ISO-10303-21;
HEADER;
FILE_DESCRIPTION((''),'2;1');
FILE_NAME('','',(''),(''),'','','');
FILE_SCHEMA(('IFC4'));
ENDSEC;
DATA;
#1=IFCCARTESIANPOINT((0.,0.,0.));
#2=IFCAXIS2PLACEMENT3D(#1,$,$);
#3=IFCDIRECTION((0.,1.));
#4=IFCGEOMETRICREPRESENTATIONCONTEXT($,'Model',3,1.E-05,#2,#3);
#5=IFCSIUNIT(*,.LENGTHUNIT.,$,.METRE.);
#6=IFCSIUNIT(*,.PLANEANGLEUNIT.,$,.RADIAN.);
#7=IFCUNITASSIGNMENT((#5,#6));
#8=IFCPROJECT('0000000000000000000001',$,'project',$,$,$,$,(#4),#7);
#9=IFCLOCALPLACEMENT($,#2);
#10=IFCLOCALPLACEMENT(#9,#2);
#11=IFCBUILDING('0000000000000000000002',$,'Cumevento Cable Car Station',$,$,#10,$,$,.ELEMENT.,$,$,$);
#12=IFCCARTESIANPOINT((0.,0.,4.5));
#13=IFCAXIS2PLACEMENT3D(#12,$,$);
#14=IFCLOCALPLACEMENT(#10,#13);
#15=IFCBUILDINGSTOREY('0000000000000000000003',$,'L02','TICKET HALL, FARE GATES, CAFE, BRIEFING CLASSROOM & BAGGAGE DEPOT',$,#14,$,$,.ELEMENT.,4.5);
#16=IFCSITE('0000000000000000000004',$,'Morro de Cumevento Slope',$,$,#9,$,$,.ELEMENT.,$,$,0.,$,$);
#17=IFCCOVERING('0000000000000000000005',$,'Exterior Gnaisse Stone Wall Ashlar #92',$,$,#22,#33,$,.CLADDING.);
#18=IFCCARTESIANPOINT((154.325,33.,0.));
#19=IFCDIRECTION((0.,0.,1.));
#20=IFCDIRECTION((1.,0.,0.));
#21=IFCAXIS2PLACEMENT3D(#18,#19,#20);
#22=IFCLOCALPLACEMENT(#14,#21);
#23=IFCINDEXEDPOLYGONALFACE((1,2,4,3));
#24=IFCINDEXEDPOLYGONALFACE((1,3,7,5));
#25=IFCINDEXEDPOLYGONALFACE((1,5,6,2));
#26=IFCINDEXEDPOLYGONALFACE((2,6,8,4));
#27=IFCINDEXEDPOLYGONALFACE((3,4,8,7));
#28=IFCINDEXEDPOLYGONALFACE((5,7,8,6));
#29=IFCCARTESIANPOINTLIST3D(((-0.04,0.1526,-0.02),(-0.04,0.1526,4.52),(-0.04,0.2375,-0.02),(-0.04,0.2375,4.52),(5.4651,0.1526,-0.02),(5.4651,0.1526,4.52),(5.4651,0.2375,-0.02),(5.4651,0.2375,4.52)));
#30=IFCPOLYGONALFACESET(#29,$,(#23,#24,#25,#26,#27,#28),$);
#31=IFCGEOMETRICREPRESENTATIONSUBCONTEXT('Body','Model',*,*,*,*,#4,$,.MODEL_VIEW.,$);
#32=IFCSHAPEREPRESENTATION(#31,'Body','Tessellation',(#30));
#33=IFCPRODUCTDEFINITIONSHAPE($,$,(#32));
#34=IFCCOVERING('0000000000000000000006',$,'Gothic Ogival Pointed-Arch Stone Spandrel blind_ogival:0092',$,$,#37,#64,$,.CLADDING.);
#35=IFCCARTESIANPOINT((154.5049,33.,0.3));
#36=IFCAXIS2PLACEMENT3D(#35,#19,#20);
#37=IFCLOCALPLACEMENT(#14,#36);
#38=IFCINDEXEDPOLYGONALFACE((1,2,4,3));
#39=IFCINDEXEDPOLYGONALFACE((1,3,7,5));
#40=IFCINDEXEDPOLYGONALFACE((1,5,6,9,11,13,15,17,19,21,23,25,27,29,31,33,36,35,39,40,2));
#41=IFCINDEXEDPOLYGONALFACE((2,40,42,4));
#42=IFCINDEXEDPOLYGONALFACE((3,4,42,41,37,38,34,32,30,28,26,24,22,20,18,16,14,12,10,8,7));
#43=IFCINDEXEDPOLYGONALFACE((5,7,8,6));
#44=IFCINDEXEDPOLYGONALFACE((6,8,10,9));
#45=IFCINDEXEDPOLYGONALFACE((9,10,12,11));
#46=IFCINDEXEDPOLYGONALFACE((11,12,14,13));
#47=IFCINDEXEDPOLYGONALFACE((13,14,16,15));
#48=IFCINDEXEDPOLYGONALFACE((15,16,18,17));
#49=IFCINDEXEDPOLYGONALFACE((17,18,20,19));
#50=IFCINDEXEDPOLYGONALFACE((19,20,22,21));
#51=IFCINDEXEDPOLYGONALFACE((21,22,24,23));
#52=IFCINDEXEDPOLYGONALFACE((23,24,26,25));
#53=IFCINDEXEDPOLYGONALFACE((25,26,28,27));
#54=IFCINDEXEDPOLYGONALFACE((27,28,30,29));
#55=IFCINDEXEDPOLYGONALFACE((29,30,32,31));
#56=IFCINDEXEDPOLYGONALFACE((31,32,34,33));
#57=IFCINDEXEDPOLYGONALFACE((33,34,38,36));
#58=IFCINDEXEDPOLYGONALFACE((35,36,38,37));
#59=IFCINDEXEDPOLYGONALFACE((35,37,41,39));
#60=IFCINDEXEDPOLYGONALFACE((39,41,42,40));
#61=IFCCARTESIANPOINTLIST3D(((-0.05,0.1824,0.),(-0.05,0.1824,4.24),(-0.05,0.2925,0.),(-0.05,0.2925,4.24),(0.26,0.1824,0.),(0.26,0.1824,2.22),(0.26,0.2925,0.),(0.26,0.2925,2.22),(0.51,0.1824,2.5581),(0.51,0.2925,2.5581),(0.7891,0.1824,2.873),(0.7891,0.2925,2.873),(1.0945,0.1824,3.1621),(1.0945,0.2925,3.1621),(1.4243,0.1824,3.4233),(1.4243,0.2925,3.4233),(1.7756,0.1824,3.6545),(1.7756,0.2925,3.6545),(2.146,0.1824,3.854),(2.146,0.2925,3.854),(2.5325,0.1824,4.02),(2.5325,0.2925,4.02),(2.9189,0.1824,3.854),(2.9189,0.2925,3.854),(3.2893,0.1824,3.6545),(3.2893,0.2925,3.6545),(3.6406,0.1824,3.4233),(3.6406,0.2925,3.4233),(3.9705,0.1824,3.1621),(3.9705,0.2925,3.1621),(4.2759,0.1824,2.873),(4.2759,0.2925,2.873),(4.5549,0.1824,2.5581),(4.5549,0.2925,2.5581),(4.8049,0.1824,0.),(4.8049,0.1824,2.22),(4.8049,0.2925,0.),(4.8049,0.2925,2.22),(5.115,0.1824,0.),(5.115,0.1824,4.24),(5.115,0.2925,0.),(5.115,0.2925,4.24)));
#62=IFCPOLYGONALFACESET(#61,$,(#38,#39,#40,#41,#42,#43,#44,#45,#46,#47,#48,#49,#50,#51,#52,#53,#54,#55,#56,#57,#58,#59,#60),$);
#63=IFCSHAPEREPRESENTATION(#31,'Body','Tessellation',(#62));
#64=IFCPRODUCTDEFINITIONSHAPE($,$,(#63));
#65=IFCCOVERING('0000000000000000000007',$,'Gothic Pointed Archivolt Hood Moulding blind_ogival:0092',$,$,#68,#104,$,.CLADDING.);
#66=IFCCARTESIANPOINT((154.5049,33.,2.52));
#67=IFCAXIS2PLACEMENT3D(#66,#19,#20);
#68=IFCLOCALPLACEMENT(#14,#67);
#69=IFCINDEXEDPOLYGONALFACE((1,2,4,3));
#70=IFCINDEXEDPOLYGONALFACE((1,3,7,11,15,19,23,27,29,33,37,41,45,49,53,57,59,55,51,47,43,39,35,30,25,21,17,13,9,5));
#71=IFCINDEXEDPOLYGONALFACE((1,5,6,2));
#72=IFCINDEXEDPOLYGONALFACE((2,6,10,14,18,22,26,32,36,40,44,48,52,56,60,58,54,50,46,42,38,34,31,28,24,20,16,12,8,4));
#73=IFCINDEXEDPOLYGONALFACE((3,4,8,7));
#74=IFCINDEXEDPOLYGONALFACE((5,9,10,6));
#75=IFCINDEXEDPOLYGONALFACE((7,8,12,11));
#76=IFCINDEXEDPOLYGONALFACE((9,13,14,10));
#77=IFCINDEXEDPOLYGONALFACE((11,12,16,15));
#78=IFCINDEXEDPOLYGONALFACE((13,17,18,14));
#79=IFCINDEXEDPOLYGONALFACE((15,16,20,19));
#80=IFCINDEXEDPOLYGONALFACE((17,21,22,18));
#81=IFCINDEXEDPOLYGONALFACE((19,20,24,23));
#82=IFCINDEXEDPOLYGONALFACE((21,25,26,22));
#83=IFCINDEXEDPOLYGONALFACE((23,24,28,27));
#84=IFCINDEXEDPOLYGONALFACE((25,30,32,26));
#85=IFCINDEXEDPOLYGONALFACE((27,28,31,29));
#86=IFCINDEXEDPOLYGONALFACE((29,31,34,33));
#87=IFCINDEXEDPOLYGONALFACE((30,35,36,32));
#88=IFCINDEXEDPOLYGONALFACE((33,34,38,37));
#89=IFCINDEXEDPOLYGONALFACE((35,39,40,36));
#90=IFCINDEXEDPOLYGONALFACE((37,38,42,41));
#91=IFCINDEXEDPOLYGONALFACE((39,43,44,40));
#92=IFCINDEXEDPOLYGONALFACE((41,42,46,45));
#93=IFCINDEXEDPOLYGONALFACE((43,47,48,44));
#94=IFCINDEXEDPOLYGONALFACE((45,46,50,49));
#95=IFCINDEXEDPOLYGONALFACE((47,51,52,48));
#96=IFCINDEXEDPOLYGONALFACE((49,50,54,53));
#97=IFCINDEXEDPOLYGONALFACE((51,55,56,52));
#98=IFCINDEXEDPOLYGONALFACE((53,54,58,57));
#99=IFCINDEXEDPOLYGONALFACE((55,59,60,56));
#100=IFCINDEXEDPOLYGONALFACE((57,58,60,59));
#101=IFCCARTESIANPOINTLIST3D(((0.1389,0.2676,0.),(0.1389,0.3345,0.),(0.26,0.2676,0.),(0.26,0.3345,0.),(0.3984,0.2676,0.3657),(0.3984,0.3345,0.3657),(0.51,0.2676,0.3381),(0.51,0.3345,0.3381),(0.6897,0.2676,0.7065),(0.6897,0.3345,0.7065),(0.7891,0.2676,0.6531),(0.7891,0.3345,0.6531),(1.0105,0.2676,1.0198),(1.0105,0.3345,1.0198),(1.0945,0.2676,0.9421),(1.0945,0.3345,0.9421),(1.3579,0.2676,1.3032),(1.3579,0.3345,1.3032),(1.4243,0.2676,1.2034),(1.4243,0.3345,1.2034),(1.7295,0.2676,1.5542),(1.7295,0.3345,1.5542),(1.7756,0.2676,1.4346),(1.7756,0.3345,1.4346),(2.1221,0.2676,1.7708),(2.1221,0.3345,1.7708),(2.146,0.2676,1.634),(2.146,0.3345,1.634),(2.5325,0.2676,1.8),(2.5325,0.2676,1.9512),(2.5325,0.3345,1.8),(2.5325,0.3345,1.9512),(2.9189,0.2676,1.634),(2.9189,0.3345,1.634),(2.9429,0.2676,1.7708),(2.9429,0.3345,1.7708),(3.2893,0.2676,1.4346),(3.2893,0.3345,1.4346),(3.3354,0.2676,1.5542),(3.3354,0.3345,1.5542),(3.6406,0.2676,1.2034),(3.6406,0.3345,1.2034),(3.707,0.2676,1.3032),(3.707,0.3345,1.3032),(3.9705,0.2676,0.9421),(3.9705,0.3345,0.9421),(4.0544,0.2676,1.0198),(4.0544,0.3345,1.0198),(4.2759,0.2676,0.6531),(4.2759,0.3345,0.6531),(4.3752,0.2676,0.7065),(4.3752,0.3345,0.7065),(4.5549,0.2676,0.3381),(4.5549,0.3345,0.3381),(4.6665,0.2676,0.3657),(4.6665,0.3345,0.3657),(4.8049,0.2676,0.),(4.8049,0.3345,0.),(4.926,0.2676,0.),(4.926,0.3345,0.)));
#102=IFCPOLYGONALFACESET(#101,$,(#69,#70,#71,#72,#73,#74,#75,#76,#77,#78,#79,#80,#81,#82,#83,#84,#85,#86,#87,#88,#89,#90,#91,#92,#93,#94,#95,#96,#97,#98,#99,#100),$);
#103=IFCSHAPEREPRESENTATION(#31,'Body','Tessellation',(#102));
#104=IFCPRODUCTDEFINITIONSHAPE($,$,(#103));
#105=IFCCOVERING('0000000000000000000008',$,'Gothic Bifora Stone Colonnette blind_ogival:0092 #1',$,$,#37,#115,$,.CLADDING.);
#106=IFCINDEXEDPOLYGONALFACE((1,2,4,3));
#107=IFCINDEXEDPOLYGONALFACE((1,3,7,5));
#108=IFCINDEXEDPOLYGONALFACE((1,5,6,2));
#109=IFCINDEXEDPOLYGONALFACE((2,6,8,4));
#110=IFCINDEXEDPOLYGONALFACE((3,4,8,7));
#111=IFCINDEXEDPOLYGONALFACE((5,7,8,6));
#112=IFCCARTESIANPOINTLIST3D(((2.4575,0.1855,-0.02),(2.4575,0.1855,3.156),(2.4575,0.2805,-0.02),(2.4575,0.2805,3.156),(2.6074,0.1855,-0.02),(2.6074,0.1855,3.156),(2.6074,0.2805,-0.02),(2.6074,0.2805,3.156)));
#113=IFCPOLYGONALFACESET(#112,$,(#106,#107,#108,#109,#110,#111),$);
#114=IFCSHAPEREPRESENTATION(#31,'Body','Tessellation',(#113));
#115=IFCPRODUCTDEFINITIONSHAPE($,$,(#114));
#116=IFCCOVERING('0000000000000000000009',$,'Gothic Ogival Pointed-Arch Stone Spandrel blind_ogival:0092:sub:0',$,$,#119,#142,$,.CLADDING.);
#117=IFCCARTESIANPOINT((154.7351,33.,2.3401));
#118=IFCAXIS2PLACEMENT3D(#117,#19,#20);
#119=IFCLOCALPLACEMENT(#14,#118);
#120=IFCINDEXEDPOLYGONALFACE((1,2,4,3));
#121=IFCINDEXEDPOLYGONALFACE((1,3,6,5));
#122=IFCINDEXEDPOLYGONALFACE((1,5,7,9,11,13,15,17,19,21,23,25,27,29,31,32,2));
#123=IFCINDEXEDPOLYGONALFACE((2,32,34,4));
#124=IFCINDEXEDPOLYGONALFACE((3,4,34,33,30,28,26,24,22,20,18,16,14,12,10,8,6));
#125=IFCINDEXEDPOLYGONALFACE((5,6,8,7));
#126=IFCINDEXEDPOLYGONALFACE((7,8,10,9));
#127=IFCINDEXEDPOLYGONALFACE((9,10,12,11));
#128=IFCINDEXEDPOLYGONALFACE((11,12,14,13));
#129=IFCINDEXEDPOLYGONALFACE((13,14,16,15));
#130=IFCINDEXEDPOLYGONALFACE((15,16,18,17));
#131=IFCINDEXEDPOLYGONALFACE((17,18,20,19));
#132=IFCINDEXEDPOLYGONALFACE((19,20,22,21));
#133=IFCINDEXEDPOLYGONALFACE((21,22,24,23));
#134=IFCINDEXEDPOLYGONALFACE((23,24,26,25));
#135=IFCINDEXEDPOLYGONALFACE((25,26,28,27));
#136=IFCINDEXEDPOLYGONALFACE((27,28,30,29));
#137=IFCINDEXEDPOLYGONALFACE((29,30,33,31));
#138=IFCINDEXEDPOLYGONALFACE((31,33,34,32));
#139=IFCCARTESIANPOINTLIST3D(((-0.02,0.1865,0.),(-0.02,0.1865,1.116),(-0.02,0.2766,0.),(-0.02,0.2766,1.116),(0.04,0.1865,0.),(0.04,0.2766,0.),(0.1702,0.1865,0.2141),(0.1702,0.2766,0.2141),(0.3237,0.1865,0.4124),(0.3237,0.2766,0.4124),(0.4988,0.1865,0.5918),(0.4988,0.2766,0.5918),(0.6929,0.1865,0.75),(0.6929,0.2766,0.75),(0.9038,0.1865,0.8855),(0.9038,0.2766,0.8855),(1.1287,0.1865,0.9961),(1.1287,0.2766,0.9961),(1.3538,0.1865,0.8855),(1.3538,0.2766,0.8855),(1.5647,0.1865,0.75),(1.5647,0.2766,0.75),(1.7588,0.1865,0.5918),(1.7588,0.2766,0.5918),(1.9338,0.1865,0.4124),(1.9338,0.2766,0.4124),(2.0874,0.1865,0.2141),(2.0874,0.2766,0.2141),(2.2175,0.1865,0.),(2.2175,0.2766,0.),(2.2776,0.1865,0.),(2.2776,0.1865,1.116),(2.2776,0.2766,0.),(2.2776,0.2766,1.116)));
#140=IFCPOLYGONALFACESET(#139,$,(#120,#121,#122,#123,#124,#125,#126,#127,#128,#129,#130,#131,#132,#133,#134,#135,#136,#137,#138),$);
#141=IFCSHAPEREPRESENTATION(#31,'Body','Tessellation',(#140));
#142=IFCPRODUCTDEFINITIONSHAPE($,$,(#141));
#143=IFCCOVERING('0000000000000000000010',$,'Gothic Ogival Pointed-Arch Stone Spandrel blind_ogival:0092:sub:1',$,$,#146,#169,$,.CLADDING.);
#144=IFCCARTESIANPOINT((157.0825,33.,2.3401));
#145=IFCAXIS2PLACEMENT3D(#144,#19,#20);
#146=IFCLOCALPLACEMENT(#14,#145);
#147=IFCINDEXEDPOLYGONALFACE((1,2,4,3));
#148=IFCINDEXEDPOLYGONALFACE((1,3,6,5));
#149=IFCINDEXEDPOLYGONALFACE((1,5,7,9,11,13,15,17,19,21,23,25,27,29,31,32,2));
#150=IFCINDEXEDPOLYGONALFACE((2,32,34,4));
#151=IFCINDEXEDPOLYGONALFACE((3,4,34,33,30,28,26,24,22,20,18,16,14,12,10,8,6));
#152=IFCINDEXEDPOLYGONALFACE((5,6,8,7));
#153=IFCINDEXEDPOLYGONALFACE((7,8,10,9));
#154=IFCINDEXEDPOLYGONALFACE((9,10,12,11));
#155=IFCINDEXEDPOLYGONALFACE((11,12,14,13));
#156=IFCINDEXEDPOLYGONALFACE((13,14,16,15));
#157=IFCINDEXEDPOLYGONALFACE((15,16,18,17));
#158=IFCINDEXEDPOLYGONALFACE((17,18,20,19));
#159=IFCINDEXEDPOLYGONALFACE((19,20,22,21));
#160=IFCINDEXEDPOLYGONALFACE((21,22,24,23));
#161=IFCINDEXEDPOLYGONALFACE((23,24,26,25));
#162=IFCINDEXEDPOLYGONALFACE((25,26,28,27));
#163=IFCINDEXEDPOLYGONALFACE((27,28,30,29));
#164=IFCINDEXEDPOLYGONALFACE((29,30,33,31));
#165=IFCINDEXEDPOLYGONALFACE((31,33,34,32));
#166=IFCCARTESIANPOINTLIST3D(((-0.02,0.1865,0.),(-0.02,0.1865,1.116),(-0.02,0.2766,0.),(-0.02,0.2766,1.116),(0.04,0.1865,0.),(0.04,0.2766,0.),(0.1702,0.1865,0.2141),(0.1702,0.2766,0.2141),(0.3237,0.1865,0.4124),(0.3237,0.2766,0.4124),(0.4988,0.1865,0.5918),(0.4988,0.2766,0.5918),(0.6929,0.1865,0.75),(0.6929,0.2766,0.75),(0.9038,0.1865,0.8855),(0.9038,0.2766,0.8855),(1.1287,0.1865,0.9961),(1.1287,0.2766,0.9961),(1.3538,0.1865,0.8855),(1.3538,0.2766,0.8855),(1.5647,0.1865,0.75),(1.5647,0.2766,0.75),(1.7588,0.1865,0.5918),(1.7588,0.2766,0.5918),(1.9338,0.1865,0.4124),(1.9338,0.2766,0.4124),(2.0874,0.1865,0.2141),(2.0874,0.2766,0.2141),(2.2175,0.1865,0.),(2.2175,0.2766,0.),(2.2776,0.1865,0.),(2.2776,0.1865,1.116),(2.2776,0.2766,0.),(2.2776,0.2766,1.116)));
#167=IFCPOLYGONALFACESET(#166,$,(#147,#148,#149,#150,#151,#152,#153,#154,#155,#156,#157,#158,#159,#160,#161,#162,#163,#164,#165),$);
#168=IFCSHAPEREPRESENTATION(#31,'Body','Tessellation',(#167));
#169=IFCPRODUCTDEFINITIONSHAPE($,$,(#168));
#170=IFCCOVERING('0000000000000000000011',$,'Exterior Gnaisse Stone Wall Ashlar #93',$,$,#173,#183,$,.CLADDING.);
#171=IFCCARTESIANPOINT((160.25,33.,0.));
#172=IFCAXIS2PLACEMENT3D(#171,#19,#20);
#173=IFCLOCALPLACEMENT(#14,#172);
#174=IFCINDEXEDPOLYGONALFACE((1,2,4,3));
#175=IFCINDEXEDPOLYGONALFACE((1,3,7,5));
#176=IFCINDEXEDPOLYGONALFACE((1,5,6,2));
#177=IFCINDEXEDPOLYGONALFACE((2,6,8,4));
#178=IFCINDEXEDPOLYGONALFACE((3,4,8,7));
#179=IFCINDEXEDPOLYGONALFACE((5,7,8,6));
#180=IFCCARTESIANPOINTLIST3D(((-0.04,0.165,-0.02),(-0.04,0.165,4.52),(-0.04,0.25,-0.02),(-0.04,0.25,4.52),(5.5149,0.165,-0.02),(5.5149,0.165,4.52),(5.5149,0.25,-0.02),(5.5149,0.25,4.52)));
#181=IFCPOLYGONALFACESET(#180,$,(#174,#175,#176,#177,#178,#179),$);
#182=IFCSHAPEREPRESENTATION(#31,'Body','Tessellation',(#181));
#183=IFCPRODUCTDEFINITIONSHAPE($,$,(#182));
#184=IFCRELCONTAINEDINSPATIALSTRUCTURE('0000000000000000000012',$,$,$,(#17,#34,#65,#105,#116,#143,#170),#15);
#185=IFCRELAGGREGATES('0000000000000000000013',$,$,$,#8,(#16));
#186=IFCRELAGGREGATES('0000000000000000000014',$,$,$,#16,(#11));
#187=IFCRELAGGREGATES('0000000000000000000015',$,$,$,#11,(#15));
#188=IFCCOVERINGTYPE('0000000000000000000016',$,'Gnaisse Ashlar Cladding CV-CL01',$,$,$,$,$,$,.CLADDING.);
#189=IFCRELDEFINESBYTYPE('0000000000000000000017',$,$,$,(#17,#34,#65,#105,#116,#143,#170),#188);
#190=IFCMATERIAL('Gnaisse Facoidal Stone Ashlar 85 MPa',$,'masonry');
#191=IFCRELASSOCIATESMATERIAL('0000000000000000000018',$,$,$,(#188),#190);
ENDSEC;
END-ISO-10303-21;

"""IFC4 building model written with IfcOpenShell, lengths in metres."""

from ifc_helpers import new_model, si_unit, direction, frame, origin, place, context, subcontext, project, spatial, polyline, outline, extrude, material, type_object, element, save


model = new_model("IFC4")

# Units and contexts
model_context = context("Model", 3, precision=1e-05, world=origin(), true_north=direction((0.0, 1.0)))
body_context = subcontext(model_context, "Body", "Model", "MODEL_VIEW")
ifc_project = project(units=[si_unit("LENGTHUNIT", "METRE"), si_unit("PLANEANGLEUNIT", "RADIAN")], contexts=[model_context])

# Site, building, storey
site_placement = place(None, origin())
site = spatial("IfcSite", under=ifc_project, at=site_placement, Name="Morro de Cumevento Slope", CompositionType="ELEMENT", RefElevation=0.0)
building_placement = place(site_placement, origin())
building = spatial("IfcBuilding", under=site, at=building_placement, Name="Cumevento Cable Car Station", CompositionType="ELEMENT")
storey_placement = place(building_placement, frame((0.0, 0.0, 4.5)))
storey = spatial("IfcBuildingStorey", under=building, at=storey_placement, Name="L02", Description="TICKET HALL, FARE GATES, CAFE, BRIEFING CLASSROOM & BAGGAGE DEPOT", CompositionType="ELEMENT", Elevation=4.5)

# Coverings
ifc_material_1 = material(Name="Gnaisse Facoidal Stone Ashlar 85 MPa", Category="masonry")
covering_type = type_object("IfcCoveringType", Name="Gnaisse Ashlar Cladding CV-CL01", PredefinedType="CLADDING", material=ifc_material_1)
covering_1_placement = place(storey_placement, frame((154.325, 33.0, 0.0), z_axis=(0.0, 0.0, 1.0), x_axis=(1.0, 0.0, 0.0)))
element("IfcCovering", 1, at=covering_1_placement, inside=storey, type_object=covering_type, Name="Exterior Gnaisse Stone Wall Ashlar #92", PredefinedType="CLADDING", context=body_context, shape_type="SweptSolid", body=[
    extrude(outline(polyline([(-0.04, -0.02), (5.4651, -0.02), (5.4651, 4.52), (-0.04, 4.52), (-0.04, -0.02)])), frame((0.0, 0.2375, 0.0), z_axis=(0.0, -1.0, 0.0), x_axis=(1.0, 0.0, 0.0)), (0.0, 0.0, 1.0), 0.085),
])
placement_1 = place(storey_placement, frame((154.5049, 33.0, 0.3), z_axis=(0.0, 0.0, 1.0), x_axis=(1.0, 0.0, 0.0)))
element("IfcCovering", 2, at=placement_1, inside=storey, type_object=covering_type, Name="Gothic Ogival Pointed-Arch Stone Spandrel blind_ogival:0092", PredefinedType="CLADDING", context=body_context, shape_type="SweptSolid", body=[
    extrude(outline(polyline([(-0.05, 0.0), (-0.05, 4.24), (5.115, 4.24), (5.115, 0.0), (4.8049, 0.0), (4.8049, 2.22), (4.5549, 2.5581), (4.2759, 2.873), (3.9705, 3.1621), (3.6406, 3.4233), (3.2893, 3.6545), (2.9189, 3.854), (2.5325, 4.02), (2.146, 3.854), (1.7756, 3.6545), (1.4243, 3.4233), (1.0945, 3.1621), (0.7891, 2.873), (0.51, 2.5581), (0.26, 2.22), (0.26, 0.0), (-0.05, 0.0)])), frame((0.0, 0.2925, 0.0), z_axis=(0.0, -1.0, 0.0), x_axis=(1.0, 0.0, 0.0)), (0.0, 0.0, 1.0), 0.1101),
])
covering_2_placement = place(storey_placement, frame((154.5049, 33.0, 2.52), z_axis=(0.0, 0.0, 1.0), x_axis=(1.0, 0.0, 0.0)))
element("IfcCovering", 3, at=covering_2_placement, inside=storey, type_object=covering_type, Name="Gothic Pointed Archivolt Hood Moulding blind_ogival:0092", PredefinedType="CLADDING", context=body_context, shape_type="SweptSolid", body=[
    extrude(outline(polyline([(0.26, 0.0), (0.51, 0.3381), (0.7891, 0.6531), (1.0945, 0.9421), (1.4243, 1.2034), (1.7756, 1.4346), (2.146, 1.634), (2.5325, 1.8), (2.9189, 1.634), (3.2893, 1.4346), (3.6406, 1.2034), (3.9705, 0.9421), (4.2759, 0.6531), (4.5549, 0.3381), (4.8049, 0.0), (4.926, 0.0), (4.6665, 0.3657), (4.3752, 0.7065), (4.0544, 1.0198), (3.707, 1.3032), (3.3354, 1.5542), (2.9429, 1.7708), (2.5325, 1.9512), (2.1221, 1.7708), (1.7295, 1.5542), (1.3579, 1.3032), (1.0105, 1.0198), (0.6897, 0.7065), (0.3984, 0.3657), (0.1389, 0.0), (0.26, 0.0)])), frame((0.0, 0.3345, 0.0), z_axis=(0.0, -1.0, 0.0), x_axis=(1.0, 0.0, 0.0)), (0.0, 0.0, 1.0), 0.0669),
])
element("IfcCovering", 4, at=placement_1, inside=storey, type_object=covering_type, Name="Gothic Bifora Stone Colonnette blind_ogival:0092 #1", PredefinedType="CLADDING", context=body_context, shape_type="SweptSolid", body=[
    extrude(outline(polyline([(2.4575, -0.02), (2.6074, -0.02), (2.6074, 3.156), (2.4575, 3.156), (2.4575, -0.02)])), frame((0.0, 0.2805, 0.0), z_axis=(0.0, -1.0, 0.0), x_axis=(1.0, 0.0, 0.0)), (0.0, 0.0, 1.0), 0.095),
])
for number, where, z_axis, x_axis, name in (
    (5, (154.7351, 33.0, 2.3401), (0.0, 0.0, 1.0), (1.0, 0.0, 0.0), "Gothic Ogival Pointed-Arch Stone Spandrel blind_ogival:0092:sub:0"),
    (6, (157.0825, 33.0, 2.3401), (0.0, 0.0, 1.0), (1.0, 0.0, 0.0), "Gothic Ogival Pointed-Arch Stone Spandrel blind_ogival:0092:sub:1"),
):
    element("IfcCovering", number, at=place(storey_placement, frame(where, z_axis=z_axis, x_axis=x_axis)), inside=storey, type_object=covering_type, Name=name, PredefinedType="CLADDING", context=body_context, shape_type="SweptSolid", body=[
        extrude(outline(polyline([(-0.02, 0.0), (-0.02, 1.116), (2.2776, 1.116), (2.2776, 0.0), (2.2175, 0.0), (2.0874, 0.2141), (1.9338, 0.4124), (1.7588, 0.5918), (1.5647, 0.75), (1.3538, 0.8855), (1.1287, 0.9961), (0.9038, 0.8855), (0.6929, 0.75), (0.4988, 0.5918), (0.3237, 0.4124), (0.1702, 0.2141), (0.04, 0.0), (-0.02, 0.0)])), frame((0.0, 0.2766, 0.0), z_axis=(0.0, -1.0, 0.0), x_axis=(1.0, 0.0, 0.0)), (0.0, 0.0, 1.0), 0.0901),
    ])
covering_3_placement = place(storey_placement, frame((160.25, 33.0, 0.0), z_axis=(0.0, 0.0, 1.0), x_axis=(1.0, 0.0, 0.0)))
element("IfcCovering", 7, at=covering_3_placement, inside=storey, type_object=covering_type, Name="Exterior Gnaisse Stone Wall Ashlar #93", PredefinedType="CLADDING", context=body_context, shape_type="SweptSolid", body=[
    extrude(outline(polyline([(-0.04, -0.02), (5.5149, -0.02), (5.5149, 4.52), (-0.04, 4.52), (-0.04, -0.02)])), frame((0.0, 0.25, 0.0), z_axis=(0.0, -1.0, 0.0), x_axis=(1.0, 0.0, 0.0)), (0.0, 0.0, 1.0), 0.085),
])

save(model, "model.ifc")
